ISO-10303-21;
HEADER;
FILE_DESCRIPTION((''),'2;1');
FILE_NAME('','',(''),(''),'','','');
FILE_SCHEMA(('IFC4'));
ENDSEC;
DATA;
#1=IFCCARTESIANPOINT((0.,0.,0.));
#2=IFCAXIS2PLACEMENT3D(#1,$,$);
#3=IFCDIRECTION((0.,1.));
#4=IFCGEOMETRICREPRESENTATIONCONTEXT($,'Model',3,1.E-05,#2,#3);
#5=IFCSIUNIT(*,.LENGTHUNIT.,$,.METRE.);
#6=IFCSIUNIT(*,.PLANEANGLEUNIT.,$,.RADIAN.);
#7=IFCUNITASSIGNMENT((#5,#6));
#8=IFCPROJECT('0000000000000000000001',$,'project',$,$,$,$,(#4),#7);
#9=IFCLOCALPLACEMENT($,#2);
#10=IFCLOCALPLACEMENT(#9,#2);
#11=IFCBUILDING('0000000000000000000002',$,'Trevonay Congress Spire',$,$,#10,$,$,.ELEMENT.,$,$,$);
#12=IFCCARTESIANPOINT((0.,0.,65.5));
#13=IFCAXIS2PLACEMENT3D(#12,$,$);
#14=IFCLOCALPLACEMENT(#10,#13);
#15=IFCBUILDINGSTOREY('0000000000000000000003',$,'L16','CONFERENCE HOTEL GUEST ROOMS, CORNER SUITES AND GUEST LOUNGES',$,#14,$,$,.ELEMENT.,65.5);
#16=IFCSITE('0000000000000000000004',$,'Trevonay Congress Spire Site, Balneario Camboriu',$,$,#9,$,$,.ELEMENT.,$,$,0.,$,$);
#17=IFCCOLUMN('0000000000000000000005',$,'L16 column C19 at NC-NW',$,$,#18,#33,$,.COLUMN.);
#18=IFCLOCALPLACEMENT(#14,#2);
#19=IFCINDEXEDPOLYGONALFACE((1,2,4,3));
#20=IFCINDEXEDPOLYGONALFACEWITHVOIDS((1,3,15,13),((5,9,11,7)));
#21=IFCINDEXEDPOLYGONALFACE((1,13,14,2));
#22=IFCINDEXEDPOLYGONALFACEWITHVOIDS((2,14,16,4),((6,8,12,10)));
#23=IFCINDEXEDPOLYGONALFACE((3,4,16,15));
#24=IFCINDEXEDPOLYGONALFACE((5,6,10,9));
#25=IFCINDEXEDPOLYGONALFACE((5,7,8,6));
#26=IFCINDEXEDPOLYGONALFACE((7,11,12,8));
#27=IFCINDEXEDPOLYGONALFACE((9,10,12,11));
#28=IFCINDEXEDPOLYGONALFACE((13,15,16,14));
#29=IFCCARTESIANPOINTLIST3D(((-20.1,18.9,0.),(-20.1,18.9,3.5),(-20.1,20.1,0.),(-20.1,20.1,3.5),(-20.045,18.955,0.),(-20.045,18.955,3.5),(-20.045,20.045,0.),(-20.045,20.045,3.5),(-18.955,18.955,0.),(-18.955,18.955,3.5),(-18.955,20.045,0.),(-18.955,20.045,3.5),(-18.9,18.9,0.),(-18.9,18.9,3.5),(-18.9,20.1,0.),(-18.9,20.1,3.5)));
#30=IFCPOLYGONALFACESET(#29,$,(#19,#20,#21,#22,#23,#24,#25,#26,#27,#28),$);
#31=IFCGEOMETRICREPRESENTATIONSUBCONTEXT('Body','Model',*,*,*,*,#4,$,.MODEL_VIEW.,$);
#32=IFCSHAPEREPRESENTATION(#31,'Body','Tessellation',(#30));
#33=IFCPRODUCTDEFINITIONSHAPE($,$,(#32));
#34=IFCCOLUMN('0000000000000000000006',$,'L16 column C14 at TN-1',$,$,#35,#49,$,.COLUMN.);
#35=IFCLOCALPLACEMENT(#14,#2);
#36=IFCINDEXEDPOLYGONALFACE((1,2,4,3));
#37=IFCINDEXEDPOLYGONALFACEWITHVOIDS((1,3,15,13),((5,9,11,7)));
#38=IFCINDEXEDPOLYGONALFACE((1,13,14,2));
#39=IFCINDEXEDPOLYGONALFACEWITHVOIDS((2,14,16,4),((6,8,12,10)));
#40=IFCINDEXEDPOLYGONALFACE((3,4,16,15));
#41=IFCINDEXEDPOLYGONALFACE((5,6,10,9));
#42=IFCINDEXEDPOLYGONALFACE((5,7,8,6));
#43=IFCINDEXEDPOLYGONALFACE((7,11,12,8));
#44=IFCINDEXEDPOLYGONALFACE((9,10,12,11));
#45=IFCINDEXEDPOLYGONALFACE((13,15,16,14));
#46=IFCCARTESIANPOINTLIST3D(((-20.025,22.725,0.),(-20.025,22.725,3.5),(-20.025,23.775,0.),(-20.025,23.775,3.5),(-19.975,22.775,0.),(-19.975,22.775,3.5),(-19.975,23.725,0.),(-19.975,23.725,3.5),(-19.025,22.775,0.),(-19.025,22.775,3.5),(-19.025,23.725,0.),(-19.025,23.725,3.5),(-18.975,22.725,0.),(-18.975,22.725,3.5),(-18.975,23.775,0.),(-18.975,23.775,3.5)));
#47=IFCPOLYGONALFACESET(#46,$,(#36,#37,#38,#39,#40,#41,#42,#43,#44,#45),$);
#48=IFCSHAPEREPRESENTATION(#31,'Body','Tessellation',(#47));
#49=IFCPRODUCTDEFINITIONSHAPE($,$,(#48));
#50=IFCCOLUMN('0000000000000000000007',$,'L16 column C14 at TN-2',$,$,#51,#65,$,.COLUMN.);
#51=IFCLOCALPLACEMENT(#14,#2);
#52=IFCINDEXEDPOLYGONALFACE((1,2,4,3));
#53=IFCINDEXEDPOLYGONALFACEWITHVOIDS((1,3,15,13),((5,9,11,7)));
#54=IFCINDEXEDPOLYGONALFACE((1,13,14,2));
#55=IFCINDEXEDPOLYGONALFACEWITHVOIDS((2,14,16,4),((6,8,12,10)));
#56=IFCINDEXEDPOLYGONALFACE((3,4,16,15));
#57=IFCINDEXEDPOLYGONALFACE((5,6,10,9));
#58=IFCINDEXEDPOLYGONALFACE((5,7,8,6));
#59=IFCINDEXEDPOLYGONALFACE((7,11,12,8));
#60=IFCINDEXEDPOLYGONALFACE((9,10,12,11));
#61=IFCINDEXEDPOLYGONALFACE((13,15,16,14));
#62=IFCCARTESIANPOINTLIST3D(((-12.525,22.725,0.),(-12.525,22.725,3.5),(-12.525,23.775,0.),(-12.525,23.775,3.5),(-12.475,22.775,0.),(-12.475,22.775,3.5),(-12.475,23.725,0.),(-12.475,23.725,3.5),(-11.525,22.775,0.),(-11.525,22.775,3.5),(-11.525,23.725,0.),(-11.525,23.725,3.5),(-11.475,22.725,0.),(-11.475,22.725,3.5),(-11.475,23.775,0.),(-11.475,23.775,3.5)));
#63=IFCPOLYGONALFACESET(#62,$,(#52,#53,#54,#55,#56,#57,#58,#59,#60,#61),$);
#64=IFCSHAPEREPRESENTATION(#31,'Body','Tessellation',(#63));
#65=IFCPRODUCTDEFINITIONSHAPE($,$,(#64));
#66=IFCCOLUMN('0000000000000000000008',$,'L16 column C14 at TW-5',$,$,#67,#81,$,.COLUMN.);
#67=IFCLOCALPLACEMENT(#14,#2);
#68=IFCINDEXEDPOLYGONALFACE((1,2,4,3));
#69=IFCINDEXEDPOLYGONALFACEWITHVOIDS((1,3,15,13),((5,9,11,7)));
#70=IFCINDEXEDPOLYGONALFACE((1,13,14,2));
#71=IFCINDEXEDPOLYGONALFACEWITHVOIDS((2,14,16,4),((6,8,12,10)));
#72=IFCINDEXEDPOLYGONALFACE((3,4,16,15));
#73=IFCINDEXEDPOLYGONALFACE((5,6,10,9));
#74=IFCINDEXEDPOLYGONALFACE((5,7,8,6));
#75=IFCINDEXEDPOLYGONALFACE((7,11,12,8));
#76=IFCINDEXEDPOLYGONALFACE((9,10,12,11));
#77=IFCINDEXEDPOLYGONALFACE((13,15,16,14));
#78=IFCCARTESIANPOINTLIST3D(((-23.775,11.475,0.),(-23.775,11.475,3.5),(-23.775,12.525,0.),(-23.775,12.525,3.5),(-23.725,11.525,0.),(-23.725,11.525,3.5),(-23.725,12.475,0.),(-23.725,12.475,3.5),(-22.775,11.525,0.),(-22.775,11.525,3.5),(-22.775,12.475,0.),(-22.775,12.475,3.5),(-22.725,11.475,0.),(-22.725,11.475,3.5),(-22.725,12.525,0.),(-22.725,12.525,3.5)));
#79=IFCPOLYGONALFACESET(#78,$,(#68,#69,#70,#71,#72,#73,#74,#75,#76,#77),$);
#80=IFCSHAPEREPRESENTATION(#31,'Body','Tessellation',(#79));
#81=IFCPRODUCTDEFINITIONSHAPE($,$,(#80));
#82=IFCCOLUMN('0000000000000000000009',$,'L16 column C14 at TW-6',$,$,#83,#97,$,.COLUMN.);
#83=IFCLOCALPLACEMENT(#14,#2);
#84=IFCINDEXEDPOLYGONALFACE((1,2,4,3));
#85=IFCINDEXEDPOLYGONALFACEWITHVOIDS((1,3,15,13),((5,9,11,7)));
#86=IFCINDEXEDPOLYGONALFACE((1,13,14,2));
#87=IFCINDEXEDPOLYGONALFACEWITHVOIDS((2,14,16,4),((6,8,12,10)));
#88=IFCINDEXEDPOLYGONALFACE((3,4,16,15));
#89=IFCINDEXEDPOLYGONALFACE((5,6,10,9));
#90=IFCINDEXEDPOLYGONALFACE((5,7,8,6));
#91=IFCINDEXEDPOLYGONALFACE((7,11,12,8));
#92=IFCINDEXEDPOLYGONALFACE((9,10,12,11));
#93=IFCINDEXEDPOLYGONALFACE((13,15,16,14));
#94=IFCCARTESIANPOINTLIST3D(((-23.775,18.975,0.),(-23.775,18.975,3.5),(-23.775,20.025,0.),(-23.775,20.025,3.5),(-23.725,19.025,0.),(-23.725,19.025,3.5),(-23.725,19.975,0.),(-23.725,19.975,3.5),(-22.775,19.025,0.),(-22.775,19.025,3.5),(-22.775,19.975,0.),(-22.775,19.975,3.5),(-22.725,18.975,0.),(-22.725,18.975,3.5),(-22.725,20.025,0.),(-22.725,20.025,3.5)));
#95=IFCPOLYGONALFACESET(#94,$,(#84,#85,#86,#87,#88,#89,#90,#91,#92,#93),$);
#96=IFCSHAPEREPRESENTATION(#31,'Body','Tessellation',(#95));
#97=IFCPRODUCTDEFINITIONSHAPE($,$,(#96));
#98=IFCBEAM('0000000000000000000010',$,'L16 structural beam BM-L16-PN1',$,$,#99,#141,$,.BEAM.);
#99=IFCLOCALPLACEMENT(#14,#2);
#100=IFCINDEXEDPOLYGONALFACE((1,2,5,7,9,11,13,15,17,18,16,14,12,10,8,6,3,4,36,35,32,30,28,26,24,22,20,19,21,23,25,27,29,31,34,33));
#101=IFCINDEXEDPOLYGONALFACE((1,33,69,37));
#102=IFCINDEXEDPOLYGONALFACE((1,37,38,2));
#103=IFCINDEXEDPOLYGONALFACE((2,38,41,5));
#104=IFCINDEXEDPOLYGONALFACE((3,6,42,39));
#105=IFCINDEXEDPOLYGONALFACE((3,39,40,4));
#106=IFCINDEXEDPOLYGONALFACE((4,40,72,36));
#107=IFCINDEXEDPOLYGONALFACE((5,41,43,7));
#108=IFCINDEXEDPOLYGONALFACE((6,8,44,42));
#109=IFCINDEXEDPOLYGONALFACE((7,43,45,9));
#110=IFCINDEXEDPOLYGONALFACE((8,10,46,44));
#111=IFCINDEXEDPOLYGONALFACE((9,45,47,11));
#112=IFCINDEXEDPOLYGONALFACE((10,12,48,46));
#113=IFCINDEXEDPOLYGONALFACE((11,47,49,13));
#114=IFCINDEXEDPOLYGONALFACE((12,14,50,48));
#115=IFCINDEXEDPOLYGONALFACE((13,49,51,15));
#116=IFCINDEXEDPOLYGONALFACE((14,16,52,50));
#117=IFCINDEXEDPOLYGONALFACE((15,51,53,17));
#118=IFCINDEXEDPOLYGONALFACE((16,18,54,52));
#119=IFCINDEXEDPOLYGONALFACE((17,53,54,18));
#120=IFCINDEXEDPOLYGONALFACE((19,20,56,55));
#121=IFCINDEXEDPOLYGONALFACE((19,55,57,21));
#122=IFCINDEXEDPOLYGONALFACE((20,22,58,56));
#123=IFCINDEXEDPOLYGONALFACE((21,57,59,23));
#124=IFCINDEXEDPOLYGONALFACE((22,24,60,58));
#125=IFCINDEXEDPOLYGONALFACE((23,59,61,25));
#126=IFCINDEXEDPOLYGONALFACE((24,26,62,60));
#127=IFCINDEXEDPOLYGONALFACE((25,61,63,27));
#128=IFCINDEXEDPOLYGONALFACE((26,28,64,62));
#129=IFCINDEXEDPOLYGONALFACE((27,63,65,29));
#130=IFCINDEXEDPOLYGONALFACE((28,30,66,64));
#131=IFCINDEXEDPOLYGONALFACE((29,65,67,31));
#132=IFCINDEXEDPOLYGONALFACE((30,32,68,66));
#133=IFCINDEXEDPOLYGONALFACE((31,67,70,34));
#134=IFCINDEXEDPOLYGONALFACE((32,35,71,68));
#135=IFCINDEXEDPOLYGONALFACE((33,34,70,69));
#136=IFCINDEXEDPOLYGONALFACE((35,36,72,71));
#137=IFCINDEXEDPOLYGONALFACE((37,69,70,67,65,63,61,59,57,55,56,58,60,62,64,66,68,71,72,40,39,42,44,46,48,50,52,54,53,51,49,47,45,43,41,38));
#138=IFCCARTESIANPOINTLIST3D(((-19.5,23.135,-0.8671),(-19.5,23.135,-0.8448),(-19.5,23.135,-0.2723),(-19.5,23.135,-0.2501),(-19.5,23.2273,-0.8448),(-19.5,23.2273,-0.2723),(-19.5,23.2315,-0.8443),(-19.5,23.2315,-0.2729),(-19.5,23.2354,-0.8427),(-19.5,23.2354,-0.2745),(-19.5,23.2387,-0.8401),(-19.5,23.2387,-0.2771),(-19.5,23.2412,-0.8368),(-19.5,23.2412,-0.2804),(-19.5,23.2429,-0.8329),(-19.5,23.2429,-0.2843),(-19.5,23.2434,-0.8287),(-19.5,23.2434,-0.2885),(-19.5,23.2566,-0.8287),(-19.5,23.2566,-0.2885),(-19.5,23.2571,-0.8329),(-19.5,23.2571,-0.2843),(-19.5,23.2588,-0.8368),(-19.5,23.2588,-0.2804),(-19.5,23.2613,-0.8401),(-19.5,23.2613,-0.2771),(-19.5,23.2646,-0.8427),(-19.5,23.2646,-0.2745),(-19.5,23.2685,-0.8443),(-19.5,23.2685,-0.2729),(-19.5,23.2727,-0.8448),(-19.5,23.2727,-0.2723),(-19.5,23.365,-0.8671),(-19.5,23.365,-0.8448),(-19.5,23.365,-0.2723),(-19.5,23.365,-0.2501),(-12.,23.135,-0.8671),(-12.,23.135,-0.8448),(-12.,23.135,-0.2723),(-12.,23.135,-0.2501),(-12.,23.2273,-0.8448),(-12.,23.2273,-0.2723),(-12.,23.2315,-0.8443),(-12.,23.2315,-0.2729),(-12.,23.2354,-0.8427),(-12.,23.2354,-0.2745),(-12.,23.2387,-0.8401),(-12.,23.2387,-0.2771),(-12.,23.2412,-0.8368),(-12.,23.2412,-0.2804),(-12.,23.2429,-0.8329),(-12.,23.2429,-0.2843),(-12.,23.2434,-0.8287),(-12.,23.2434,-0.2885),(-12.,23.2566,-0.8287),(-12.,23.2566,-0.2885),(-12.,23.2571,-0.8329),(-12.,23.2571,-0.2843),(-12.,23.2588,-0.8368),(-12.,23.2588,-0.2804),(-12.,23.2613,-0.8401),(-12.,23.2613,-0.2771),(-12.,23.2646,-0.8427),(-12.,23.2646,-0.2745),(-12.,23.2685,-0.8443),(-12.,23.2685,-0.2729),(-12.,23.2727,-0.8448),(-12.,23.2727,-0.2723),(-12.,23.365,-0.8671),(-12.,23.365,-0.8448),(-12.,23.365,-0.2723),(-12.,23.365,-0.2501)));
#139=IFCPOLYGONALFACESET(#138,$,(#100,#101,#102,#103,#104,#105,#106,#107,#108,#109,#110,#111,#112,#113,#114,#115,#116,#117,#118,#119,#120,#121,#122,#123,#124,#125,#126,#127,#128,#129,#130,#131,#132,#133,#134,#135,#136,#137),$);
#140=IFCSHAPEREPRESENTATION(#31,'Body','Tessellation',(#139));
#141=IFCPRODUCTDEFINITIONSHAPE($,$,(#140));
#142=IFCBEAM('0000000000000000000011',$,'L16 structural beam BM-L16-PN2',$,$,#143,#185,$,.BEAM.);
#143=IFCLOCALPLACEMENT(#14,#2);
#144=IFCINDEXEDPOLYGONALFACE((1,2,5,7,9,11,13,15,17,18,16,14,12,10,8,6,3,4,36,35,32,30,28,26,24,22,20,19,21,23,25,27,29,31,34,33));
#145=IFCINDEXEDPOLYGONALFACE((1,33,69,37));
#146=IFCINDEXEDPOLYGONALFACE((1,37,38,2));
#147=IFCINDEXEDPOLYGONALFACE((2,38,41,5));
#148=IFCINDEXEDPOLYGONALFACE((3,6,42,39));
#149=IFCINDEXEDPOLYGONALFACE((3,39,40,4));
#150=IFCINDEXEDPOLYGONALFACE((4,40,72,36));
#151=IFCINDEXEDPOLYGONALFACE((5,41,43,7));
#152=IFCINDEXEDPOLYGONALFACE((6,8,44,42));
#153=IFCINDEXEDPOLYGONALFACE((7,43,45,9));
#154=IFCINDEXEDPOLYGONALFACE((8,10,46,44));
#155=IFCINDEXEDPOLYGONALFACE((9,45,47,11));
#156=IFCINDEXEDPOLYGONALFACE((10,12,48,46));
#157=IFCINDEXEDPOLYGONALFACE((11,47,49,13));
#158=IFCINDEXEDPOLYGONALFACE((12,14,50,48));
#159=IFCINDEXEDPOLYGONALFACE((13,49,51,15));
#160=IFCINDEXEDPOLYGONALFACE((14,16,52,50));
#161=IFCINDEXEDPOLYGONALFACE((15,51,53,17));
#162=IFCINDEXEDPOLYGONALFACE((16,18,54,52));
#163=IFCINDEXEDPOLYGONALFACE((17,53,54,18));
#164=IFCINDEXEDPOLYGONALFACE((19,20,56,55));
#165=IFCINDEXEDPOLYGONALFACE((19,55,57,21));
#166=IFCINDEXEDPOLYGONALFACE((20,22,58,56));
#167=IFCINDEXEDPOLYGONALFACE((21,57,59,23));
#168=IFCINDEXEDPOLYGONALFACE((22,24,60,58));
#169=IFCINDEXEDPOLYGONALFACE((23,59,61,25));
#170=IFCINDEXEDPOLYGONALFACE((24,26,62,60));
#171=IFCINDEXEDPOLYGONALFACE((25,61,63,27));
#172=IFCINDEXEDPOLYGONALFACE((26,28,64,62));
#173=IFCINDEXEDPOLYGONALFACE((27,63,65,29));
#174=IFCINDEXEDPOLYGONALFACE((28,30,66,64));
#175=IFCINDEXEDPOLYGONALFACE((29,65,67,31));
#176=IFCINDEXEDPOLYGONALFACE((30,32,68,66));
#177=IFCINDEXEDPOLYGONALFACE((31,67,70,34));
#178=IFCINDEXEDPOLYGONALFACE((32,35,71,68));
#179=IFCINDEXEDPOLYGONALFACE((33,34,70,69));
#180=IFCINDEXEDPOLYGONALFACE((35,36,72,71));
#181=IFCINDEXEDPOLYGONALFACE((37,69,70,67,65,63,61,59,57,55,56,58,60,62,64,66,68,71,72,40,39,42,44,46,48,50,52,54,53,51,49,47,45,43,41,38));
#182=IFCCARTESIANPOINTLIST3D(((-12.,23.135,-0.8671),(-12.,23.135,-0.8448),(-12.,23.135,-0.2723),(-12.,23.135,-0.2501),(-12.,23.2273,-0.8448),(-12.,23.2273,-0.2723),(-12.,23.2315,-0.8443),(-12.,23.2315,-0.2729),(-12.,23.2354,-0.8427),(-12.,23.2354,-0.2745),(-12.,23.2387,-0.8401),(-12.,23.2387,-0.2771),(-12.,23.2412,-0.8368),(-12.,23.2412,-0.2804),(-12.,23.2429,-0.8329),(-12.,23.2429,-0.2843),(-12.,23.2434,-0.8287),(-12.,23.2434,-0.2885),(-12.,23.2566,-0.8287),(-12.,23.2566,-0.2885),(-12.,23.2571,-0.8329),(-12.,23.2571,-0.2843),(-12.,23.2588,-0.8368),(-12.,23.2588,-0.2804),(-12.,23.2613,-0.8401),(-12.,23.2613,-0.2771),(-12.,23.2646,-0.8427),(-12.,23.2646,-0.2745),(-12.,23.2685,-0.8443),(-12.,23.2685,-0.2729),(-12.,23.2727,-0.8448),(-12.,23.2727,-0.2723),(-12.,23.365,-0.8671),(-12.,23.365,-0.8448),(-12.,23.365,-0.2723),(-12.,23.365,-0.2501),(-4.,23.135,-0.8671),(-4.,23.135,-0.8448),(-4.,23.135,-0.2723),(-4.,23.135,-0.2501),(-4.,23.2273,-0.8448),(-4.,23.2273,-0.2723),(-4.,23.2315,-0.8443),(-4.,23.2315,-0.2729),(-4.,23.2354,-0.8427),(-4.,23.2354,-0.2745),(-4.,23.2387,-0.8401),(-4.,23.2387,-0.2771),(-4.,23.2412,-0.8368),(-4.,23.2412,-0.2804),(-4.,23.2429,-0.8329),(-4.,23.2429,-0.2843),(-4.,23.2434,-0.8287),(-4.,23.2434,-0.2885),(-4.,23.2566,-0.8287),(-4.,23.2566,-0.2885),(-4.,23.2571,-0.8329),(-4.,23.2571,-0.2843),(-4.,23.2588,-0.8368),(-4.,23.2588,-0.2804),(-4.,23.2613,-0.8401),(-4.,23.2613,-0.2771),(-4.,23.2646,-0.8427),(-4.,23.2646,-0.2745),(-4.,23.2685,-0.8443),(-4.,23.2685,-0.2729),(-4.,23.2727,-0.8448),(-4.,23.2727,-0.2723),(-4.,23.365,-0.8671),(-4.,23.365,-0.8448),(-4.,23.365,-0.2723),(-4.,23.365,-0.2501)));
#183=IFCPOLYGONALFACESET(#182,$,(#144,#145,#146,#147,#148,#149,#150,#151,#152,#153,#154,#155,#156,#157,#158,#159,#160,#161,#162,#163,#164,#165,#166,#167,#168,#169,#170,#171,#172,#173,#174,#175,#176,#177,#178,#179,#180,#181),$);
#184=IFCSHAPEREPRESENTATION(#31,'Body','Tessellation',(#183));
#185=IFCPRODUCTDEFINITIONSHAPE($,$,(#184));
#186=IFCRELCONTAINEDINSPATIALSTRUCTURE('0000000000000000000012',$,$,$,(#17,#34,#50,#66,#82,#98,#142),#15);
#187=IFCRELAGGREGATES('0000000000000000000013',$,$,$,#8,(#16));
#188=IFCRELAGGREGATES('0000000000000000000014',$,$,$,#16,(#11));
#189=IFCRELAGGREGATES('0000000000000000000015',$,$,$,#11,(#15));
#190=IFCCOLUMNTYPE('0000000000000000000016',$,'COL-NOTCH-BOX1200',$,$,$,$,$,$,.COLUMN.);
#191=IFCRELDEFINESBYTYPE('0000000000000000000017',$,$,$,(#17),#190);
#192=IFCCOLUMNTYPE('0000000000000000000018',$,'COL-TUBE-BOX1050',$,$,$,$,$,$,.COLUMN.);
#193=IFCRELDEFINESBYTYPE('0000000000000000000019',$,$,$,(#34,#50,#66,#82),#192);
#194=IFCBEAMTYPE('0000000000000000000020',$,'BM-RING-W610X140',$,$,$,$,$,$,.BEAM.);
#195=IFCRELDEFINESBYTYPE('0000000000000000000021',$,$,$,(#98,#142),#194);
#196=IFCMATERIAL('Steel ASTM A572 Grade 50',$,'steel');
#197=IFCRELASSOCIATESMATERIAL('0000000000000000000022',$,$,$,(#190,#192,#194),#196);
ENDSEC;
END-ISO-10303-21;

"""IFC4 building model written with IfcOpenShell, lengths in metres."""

from ifc_helpers import new_model, si_unit, direction, frame, origin, origin_2d, place, context, subcontext, project, spatial, hollow_rectangle, i_section, extrude, material, material_profile, profile_set, type_object, element, save


model = new_model("IFC4")

# Units and contexts
model_context = context("Model", 3, precision=1e-05, world=origin(), true_north=direction((0.0, 1.0)))
body_context = subcontext(model_context, "Body", "Model", "MODEL_VIEW")
ifc_project = project(units=[si_unit("LENGTHUNIT", "METRE"), si_unit("PLANEANGLEUNIT", "RADIAN")], contexts=[model_context])

# Site, building, storey
site_placement = place(None, origin())
site = spatial("IfcSite", under=ifc_project, at=site_placement, Name="Trevonay Congress Spire Site, Balneario Camboriu", CompositionType="ELEMENT", RefElevation=0.0)
building_placement = place(site_placement, origin())
building = spatial("IfcBuilding", under=site, at=building_placement, Name="Trevonay Congress Spire", CompositionType="ELEMENT")
storey_placement = place(building_placement, frame((0.0, 0.0, 65.5)))
storey = spatial("IfcBuildingStorey", under=building, at=storey_placement, Name="L16", Description="CONFERENCE HOTEL GUEST ROOMS, CORNER SUITES AND GUEST LOUNGES", CompositionType="ELEMENT", Elevation=65.5)

# Columns
ifc_material_1 = material(Name="Steel ASTM A572 Grade 50", Category="steel")
ifc_material_profile_1 = material_profile(ifc_material_1, hollow_rectangle(XDim=1.2, YDim=1.2, WallThickness=0.0549, at=origin_2d()), Name="BOX 1200x1200x55")
ifc_profile_set_1 = profile_set([ifc_material_profile_1], Name="Steel ASTM A572 Grade 50")
column_type_1 = type_object("IfcColumnType", Name="COL-NOTCH-BOX1200", PredefinedType="COLUMN", material=ifc_profile_set_1)
column_placement = place(storey_placement, frame((-19.5, 19.5, 0.0), z_axis=(0.0, 0.0, 1.0), x_axis=(1.0, 0.0, 0.0)))
element("IfcColumn", 1, at=column_placement, inside=storey, type_object=column_type_1, Name="L16 column C19 at NC-NW", PredefinedType="COLUMN", context=body_context, shape_type="SweptSolid", body=[
    extrude(hollow_rectangle(XDim=1.2, YDim=1.2, WallThickness=0.0549, at=origin_2d()), origin(), (0.0, 0.0, 1.0), 3.5),
])
ifc_material_profile_2 = material_profile(ifc_material_1, hollow_rectangle(XDim=1.05, YDim=1.05, WallThickness=0.05, at=origin_2d()), Name="BOX 1050x1050x50")
ifc_profile_set_2 = profile_set([ifc_material_profile_2], Name="Steel ASTM A572 Grade 50")
column_type_2 = type_object("IfcColumnType", Name="COL-TUBE-BOX1050", PredefinedType="COLUMN", material=ifc_profile_set_2)
for number, where, z_axis, x_axis, name in (
    (2, (-19.5, 23.25, 0.0), (0.0, 0.0, 1.0), (1.0, 0.0, 0.0), "L16 column C14 at TN-1"),
    (3, (-12.0, 23.25, 0.0), (0.0, 0.0, 1.0), (1.0, 0.0, 0.0), "L16 column C14 at TN-2"),
    (4, (-23.25, 12.0, 0.0), (0.0, 0.0, 1.0), (1.0, 0.0, 0.0), "L16 column C14 at TW-5"),
    (5, (-23.25, 19.5, 0.0), (0.0, 0.0, 1.0), (1.0, 0.0, 0.0), "L16 column C14 at TW-6"),
):
    element("IfcColumn", number, at=place(storey_placement, frame(where, z_axis=z_axis, x_axis=x_axis)), inside=storey, type_object=column_type_2, Name=name, PredefinedType="COLUMN", context=body_context, shape_type="SweptSolid", body=[
        extrude(hollow_rectangle(XDim=1.05, YDim=1.05, WallThickness=0.05, at=origin_2d()), origin(), (0.0, 0.0, 1.0), 3.5),
    ])

# Beams
ifc_material_profile_3 = material_profile(ifc_material_1, i_section(OverallWidth=0.23, OverallDepth=0.6169, WebThickness=0.0132, FlangeThickness=0.0222, FilletRadius=0.0161, at=origin_2d()), Name="W610x140")
ifc_profile_set_3 = profile_set([ifc_material_profile_3], Name="Steel ASTM A572 Grade 50")
beam_type = type_object("IfcBeamType", Name="BM-RING-W610X140", PredefinedType="BEAM", material=ifc_profile_set_3)
beam_1_placement = place(storey_placement, frame((-19.5, 23.25, -0.5586), z_axis=(1.0, 0.0, 0.0), x_axis=(0.0, 1.0, 0.0)))
element("IfcBeam", 6, at=beam_1_placement, inside=storey, type_object=beam_type, Name="L16 structural beam BM-L16-PN1", PredefinedType="BEAM", context=body_context, shape_type="SweptSolid", body=[
    extrude(i_section(OverallWidth=0.23, OverallDepth=0.6169, WebThickness=0.0132, FlangeThickness=0.0222, FilletRadius=0.0161, at=origin_2d()), origin(), (0.0, 0.0, 1.0), 7.5),
])
beam_2_placement = place(storey_placement, frame((-12.0, 23.25, -0.5586), z_axis=(1.0, 0.0, 0.0), x_axis=(0.0, 1.0, 0.0)))
element("IfcBeam", 7, at=beam_2_placement, inside=storey, type_object=beam_type, Name="L16 structural beam BM-L16-PN2", PredefinedType="BEAM", context=body_context, shape_type="SweptSolid", body=[
    extrude(i_section(OverallWidth=0.23, OverallDepth=0.6169, WebThickness=0.0132, FlangeThickness=0.0222, FilletRadius=0.0161, at=origin_2d()), origin(), (0.0, 0.0, 1.0), 8.0),
])

save(model, "model.ifc")
